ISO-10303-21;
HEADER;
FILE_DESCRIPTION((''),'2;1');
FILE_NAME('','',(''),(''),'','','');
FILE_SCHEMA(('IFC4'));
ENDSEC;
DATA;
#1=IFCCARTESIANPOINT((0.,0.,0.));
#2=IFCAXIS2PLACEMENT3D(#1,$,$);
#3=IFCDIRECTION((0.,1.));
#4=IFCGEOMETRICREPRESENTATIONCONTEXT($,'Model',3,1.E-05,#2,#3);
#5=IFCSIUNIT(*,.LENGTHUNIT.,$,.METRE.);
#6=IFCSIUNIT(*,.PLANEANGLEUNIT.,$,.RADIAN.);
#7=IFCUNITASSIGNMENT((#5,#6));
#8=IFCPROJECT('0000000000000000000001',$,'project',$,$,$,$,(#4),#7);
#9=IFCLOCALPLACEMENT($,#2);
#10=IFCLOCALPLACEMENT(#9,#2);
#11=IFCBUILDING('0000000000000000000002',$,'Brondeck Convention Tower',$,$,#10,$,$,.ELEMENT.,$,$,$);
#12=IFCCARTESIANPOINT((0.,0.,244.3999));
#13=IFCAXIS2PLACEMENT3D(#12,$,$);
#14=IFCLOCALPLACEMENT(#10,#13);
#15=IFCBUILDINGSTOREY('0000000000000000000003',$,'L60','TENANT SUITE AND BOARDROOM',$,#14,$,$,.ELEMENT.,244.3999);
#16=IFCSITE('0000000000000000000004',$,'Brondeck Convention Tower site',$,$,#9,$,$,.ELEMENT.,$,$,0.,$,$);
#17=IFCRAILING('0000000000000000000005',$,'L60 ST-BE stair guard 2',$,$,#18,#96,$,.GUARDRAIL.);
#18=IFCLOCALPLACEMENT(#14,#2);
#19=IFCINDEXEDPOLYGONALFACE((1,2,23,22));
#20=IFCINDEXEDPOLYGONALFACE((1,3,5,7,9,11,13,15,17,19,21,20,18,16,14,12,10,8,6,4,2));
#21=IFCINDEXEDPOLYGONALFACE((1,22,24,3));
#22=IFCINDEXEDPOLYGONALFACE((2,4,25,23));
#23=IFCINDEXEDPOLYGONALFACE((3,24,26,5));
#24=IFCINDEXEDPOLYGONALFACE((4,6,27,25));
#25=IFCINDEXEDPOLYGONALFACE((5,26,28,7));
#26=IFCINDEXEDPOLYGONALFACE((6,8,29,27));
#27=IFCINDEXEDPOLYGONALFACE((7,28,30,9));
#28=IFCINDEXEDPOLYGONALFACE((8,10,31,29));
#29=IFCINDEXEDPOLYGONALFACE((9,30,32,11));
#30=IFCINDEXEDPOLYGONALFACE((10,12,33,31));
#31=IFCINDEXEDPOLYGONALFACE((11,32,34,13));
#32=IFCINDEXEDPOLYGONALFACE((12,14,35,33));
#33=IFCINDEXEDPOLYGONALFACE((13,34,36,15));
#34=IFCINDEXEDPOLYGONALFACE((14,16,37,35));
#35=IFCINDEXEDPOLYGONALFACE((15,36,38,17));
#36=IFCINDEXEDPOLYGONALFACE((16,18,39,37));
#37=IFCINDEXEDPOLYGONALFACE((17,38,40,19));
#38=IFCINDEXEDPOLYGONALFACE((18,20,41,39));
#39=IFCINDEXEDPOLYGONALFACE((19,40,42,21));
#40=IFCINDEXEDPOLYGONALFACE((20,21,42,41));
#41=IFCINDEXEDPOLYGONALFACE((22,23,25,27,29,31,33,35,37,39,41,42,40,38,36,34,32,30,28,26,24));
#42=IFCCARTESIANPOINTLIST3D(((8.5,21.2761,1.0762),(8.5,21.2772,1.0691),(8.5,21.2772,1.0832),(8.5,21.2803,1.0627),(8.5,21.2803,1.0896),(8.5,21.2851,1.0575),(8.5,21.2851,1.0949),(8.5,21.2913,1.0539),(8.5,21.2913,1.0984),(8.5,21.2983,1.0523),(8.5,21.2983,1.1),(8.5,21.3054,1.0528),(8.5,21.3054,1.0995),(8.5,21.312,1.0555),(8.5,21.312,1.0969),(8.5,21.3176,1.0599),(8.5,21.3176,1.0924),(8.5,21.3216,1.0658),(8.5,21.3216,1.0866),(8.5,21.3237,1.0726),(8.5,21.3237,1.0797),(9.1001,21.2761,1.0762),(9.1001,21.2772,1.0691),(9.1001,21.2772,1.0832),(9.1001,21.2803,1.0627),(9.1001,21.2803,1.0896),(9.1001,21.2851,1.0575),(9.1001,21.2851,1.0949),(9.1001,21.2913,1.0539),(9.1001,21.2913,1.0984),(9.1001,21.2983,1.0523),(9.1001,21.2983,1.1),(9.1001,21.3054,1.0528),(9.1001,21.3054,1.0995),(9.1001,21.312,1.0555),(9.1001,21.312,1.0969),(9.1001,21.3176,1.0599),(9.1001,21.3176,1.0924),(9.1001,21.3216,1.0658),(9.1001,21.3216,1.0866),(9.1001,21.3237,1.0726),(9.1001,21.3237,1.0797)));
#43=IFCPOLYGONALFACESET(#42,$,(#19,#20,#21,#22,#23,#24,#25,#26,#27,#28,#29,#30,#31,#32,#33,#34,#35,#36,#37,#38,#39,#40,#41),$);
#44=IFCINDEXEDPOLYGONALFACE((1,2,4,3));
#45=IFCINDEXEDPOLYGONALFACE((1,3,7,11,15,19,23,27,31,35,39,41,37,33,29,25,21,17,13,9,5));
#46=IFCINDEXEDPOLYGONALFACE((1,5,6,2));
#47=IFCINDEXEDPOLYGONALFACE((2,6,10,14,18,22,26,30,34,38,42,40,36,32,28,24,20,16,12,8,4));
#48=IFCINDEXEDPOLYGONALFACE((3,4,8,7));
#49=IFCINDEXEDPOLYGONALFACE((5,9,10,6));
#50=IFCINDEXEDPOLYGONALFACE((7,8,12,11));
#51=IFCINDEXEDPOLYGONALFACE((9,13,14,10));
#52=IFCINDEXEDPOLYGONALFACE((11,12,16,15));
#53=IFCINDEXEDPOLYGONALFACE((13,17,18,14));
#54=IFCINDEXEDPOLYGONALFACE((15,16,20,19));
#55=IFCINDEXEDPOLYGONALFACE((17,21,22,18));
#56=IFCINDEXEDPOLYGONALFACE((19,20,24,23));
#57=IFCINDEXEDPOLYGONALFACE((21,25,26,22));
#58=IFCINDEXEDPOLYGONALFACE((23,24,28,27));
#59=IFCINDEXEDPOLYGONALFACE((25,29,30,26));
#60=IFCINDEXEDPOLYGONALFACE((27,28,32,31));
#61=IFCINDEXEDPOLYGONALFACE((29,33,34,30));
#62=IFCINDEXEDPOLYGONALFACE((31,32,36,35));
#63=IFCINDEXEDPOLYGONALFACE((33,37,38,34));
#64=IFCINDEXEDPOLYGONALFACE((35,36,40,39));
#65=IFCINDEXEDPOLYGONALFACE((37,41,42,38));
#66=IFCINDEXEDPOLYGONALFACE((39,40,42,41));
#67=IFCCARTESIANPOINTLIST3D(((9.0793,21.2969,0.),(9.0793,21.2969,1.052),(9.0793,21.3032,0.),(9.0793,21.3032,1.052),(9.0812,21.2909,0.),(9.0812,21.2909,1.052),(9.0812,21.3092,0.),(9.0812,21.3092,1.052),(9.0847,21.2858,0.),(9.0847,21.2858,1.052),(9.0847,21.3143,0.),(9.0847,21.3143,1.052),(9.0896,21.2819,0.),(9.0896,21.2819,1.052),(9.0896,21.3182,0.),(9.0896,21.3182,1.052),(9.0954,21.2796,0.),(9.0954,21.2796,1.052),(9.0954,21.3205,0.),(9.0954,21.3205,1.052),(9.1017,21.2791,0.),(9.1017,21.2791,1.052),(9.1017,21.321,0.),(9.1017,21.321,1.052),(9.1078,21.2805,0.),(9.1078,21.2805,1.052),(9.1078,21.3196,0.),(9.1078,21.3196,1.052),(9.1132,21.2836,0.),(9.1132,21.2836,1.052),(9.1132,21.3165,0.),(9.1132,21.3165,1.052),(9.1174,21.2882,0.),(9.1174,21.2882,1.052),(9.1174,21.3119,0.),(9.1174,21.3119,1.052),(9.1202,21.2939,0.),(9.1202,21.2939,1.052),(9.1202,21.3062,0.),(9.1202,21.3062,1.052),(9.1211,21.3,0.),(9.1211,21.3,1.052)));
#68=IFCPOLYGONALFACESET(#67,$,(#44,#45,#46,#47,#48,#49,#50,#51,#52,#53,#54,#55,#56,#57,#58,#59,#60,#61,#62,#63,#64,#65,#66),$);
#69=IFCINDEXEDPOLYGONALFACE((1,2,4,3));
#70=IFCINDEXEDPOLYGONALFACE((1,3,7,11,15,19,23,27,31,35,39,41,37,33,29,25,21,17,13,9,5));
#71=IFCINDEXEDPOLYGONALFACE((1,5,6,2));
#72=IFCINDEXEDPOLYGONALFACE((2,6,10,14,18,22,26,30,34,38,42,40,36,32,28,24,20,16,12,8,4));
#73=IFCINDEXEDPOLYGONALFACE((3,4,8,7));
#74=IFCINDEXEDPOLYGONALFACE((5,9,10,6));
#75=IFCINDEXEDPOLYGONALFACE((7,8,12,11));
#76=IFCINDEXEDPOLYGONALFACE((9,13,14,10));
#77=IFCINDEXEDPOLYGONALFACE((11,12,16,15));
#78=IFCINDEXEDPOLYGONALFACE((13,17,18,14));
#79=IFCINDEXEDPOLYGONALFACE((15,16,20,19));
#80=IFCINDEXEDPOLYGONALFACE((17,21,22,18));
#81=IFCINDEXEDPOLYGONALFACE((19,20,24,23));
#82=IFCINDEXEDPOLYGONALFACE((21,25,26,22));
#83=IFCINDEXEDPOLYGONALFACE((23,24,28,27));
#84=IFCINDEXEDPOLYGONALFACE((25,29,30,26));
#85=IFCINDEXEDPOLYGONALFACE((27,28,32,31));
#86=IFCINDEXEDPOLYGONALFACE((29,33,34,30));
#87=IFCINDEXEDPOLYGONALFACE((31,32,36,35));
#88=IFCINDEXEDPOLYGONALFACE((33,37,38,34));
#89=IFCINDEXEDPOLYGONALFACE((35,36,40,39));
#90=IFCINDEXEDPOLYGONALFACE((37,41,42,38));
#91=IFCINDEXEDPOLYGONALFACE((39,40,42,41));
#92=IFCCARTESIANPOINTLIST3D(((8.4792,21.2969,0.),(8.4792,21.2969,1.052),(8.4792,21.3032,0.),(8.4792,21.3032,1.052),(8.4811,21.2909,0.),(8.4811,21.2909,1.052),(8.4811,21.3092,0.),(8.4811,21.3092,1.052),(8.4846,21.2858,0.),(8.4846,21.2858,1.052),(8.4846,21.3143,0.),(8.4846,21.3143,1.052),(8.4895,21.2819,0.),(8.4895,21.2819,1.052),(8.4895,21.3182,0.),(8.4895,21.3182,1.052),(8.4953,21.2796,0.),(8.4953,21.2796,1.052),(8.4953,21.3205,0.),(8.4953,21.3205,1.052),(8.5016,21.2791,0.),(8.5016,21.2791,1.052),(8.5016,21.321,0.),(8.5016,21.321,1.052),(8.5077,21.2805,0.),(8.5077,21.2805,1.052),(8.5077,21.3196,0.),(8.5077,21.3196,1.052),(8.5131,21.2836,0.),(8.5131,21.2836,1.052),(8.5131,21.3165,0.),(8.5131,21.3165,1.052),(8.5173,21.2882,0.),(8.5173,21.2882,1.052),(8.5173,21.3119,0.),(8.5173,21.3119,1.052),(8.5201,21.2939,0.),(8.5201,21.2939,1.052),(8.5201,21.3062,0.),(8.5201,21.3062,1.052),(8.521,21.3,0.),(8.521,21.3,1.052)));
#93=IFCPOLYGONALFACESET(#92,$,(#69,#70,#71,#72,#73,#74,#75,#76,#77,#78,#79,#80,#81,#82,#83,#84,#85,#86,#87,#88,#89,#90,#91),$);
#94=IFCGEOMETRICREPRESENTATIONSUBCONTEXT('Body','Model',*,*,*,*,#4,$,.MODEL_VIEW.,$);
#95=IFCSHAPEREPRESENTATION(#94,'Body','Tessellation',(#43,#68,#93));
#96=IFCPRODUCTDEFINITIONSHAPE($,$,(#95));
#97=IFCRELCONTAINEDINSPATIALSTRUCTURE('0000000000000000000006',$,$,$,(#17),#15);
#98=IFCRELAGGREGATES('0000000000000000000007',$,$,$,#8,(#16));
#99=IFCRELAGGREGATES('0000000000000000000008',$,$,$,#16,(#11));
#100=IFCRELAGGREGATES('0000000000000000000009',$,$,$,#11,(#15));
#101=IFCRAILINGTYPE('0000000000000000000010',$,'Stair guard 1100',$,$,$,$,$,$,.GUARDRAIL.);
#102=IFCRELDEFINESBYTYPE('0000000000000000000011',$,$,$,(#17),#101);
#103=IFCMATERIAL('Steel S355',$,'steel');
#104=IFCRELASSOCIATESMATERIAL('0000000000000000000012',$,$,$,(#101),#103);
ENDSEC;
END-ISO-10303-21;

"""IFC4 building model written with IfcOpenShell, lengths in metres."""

from ifc_helpers import new_model, si_unit, direction, frame, origin, origin_2d, place, context, subcontext, project, spatial, circle, extrude, material, type_object, element, save


model = new_model("IFC4")

# Units and contexts
model_context = context("Model", 3, precision=1e-05, world=origin(), true_north=direction((0.0, 1.0)))
body_context = subcontext(model_context, "Body", "Model", "MODEL_VIEW")
ifc_project = project(units=[si_unit("LENGTHUNIT", "METRE"), si_unit("PLANEANGLEUNIT", "RADIAN")], contexts=[model_context])

# Site, building, storey
site_placement = place(None, origin())
site = spatial("IfcSite", under=ifc_project, at=site_placement, Name="Brondeck Convention Tower site", CompositionType="ELEMENT", RefElevation=0.0)
building_placement = place(site_placement, origin())
building = spatial("IfcBuilding", under=site, at=building_placement, Name="Brondeck Convention Tower", CompositionType="ELEMENT")
storey_placement = place(building_placement, frame((0.0, 0.0, 244.3999)))
storey = spatial("IfcBuildingStorey", under=building, at=storey_placement, Name="L60", Description="TENANT SUITE AND BOARDROOM", CompositionType="ELEMENT", Elevation=244.3999)

# Railing
ifc_material_1 = material(Name="Steel S355", Category="steel")
railing_type = type_object("IfcRailingType", Name="Stair guard 1100", PredefinedType="GUARDRAIL", material=ifc_material_1)
railing_placement = place(storey_placement, frame((9.1001, 21.3, 0.0)))
element("IfcRailing", 1, at=railing_placement, inside=storey, type_object=railing_type, Name="L60 ST-BE stair guard 2", PredefinedType="GUARDRAIL", context=body_context, shape_type="SweptSolid", body=[
    extrude(circle(Radius=0.0239, at=origin_2d()), frame((0.0, 0.0, 1.0762), z_axis=(-1.0, 0.0, 0.0), x_axis=(0.0, -1.0, 0.0)), (0.0, 0.0, 1.0), 0.6001),
    extrude(circle(Radius=0.021, at=origin_2d()), origin(), (0.0, 0.0, 1.0), 1.052),
    extrude(circle(Radius=0.021, at=origin_2d()), frame((-0.6001, 0.0, 0.0)), (0.0, 0.0, 1.0), 1.052),
])

save(model, "model.ifc")
